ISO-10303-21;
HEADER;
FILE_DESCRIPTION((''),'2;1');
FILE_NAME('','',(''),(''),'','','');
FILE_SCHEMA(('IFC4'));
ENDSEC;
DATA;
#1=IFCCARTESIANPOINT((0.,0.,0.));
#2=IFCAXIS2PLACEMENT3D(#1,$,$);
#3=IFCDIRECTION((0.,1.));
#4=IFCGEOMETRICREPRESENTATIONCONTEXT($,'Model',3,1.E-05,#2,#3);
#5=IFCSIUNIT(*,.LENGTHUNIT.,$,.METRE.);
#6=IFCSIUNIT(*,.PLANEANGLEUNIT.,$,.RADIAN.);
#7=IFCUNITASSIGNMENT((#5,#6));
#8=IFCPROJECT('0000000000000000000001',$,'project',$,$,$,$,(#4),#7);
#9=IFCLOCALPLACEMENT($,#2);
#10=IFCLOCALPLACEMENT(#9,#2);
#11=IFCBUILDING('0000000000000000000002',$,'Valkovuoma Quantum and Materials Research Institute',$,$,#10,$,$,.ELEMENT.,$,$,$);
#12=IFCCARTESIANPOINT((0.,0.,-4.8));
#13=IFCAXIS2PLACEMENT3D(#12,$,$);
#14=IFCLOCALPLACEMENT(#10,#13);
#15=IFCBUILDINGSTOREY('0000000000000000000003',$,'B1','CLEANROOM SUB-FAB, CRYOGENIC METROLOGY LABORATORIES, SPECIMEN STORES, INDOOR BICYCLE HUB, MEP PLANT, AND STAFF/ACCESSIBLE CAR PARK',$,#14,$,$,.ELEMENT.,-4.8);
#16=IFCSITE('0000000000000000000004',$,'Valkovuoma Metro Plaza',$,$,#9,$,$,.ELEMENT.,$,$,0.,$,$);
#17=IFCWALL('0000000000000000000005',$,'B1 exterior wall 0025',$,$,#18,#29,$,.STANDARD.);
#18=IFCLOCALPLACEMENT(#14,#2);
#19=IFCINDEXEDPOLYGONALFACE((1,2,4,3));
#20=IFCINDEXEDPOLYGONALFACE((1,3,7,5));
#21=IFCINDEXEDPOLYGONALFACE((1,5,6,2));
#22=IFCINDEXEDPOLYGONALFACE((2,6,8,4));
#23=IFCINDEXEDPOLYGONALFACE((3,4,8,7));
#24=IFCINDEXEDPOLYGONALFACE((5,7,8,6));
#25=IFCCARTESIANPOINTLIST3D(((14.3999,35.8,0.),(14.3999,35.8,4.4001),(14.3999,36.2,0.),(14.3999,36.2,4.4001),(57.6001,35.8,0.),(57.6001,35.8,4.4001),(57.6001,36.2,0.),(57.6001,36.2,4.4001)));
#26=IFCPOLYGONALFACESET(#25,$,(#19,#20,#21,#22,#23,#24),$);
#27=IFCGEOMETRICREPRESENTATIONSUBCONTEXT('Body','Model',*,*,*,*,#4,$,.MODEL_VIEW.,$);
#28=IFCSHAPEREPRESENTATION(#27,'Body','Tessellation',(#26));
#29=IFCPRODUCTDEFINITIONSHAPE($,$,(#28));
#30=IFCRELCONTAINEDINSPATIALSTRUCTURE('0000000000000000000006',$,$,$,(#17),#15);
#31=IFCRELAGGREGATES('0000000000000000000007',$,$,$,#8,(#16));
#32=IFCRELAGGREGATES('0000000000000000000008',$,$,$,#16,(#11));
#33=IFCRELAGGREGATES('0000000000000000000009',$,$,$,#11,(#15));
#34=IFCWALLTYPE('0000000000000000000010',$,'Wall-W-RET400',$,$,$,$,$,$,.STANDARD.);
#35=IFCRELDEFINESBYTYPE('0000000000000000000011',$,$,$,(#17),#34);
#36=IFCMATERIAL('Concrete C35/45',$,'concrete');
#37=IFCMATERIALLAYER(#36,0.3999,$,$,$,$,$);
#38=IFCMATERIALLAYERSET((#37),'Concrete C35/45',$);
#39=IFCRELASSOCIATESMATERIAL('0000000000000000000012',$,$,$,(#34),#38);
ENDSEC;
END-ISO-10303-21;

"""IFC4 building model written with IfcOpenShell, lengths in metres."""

from ifc_helpers import new_model, si_unit, direction, frame, frame_2d, origin, place, context, subcontext, project, spatial, rectangle, extrude, material, layer, layer_set, type_object, element, save


model = new_model("IFC4")

# Units and contexts
model_context = context("Model", 3, precision=1e-05, world=origin(), true_north=direction((0.0, 1.0)))
body_context = subcontext(model_context, "Body", "Model", "MODEL_VIEW")
ifc_project = project(units=[si_unit("LENGTHUNIT", "METRE"), si_unit("PLANEANGLEUNIT", "RADIAN")], contexts=[model_context])

# Site, building, storey
site_placement = place(None, origin())
site = spatial("IfcSite", under=ifc_project, at=site_placement, Name="Valkovuoma Metro Plaza", CompositionType="ELEMENT", RefElevation=0.0)
building_placement = place(site_placement, origin())
building = spatial("IfcBuilding", under=site, at=building_placement, Name="Valkovuoma Quantum and Materials Research Institute", CompositionType="ELEMENT")
storey_placement = place(building_placement, frame((0.0, 0.0, -4.8)))
storey = spatial("IfcBuildingStorey", under=building, at=storey_placement, Name="B1", Description="CLEANROOM SUB-FAB, CRYOGENIC METROLOGY LABORATORIES, SPECIMEN STORES, INDOOR BICYCLE HUB, MEP PLANT, AND STAFF/ACCESSIBLE CAR PARK", CompositionType="ELEMENT", Elevation=-4.8)

# Wall
ifc_material_1 = material(Name="Concrete C35/45", Category="concrete")
ifc_layer = layer(ifc_material_1, 0.3999)
ifc_layer_set = layer_set([ifc_layer], Name="Concrete C35/45")
wall_type = type_object("IfcWallType", Name="Wall-W-RET400", PredefinedType="STANDARD", material=ifc_layer_set)
wall_1_placement = place(storey_placement, frame((14.3999, 36.0, 0.0), z_axis=(0.0, 0.0, 1.0), x_axis=(1.0, 0.0, 0.0)))
element("IfcWall", 1, at=wall_1_placement, inside=storey, type_object=wall_type, Name="B1 exterior wall 0025", PredefinedType="STANDARD", context=body_context, shape_type="SweptSolid", body=[
    extrude(rectangle(XDim=43.2002, YDim=0.3999, at=frame_2d((21.6001, 0.0))), origin(), (0.0, 0.0, 1.0), 4.4001),
])

save(model, "model.ifc")
